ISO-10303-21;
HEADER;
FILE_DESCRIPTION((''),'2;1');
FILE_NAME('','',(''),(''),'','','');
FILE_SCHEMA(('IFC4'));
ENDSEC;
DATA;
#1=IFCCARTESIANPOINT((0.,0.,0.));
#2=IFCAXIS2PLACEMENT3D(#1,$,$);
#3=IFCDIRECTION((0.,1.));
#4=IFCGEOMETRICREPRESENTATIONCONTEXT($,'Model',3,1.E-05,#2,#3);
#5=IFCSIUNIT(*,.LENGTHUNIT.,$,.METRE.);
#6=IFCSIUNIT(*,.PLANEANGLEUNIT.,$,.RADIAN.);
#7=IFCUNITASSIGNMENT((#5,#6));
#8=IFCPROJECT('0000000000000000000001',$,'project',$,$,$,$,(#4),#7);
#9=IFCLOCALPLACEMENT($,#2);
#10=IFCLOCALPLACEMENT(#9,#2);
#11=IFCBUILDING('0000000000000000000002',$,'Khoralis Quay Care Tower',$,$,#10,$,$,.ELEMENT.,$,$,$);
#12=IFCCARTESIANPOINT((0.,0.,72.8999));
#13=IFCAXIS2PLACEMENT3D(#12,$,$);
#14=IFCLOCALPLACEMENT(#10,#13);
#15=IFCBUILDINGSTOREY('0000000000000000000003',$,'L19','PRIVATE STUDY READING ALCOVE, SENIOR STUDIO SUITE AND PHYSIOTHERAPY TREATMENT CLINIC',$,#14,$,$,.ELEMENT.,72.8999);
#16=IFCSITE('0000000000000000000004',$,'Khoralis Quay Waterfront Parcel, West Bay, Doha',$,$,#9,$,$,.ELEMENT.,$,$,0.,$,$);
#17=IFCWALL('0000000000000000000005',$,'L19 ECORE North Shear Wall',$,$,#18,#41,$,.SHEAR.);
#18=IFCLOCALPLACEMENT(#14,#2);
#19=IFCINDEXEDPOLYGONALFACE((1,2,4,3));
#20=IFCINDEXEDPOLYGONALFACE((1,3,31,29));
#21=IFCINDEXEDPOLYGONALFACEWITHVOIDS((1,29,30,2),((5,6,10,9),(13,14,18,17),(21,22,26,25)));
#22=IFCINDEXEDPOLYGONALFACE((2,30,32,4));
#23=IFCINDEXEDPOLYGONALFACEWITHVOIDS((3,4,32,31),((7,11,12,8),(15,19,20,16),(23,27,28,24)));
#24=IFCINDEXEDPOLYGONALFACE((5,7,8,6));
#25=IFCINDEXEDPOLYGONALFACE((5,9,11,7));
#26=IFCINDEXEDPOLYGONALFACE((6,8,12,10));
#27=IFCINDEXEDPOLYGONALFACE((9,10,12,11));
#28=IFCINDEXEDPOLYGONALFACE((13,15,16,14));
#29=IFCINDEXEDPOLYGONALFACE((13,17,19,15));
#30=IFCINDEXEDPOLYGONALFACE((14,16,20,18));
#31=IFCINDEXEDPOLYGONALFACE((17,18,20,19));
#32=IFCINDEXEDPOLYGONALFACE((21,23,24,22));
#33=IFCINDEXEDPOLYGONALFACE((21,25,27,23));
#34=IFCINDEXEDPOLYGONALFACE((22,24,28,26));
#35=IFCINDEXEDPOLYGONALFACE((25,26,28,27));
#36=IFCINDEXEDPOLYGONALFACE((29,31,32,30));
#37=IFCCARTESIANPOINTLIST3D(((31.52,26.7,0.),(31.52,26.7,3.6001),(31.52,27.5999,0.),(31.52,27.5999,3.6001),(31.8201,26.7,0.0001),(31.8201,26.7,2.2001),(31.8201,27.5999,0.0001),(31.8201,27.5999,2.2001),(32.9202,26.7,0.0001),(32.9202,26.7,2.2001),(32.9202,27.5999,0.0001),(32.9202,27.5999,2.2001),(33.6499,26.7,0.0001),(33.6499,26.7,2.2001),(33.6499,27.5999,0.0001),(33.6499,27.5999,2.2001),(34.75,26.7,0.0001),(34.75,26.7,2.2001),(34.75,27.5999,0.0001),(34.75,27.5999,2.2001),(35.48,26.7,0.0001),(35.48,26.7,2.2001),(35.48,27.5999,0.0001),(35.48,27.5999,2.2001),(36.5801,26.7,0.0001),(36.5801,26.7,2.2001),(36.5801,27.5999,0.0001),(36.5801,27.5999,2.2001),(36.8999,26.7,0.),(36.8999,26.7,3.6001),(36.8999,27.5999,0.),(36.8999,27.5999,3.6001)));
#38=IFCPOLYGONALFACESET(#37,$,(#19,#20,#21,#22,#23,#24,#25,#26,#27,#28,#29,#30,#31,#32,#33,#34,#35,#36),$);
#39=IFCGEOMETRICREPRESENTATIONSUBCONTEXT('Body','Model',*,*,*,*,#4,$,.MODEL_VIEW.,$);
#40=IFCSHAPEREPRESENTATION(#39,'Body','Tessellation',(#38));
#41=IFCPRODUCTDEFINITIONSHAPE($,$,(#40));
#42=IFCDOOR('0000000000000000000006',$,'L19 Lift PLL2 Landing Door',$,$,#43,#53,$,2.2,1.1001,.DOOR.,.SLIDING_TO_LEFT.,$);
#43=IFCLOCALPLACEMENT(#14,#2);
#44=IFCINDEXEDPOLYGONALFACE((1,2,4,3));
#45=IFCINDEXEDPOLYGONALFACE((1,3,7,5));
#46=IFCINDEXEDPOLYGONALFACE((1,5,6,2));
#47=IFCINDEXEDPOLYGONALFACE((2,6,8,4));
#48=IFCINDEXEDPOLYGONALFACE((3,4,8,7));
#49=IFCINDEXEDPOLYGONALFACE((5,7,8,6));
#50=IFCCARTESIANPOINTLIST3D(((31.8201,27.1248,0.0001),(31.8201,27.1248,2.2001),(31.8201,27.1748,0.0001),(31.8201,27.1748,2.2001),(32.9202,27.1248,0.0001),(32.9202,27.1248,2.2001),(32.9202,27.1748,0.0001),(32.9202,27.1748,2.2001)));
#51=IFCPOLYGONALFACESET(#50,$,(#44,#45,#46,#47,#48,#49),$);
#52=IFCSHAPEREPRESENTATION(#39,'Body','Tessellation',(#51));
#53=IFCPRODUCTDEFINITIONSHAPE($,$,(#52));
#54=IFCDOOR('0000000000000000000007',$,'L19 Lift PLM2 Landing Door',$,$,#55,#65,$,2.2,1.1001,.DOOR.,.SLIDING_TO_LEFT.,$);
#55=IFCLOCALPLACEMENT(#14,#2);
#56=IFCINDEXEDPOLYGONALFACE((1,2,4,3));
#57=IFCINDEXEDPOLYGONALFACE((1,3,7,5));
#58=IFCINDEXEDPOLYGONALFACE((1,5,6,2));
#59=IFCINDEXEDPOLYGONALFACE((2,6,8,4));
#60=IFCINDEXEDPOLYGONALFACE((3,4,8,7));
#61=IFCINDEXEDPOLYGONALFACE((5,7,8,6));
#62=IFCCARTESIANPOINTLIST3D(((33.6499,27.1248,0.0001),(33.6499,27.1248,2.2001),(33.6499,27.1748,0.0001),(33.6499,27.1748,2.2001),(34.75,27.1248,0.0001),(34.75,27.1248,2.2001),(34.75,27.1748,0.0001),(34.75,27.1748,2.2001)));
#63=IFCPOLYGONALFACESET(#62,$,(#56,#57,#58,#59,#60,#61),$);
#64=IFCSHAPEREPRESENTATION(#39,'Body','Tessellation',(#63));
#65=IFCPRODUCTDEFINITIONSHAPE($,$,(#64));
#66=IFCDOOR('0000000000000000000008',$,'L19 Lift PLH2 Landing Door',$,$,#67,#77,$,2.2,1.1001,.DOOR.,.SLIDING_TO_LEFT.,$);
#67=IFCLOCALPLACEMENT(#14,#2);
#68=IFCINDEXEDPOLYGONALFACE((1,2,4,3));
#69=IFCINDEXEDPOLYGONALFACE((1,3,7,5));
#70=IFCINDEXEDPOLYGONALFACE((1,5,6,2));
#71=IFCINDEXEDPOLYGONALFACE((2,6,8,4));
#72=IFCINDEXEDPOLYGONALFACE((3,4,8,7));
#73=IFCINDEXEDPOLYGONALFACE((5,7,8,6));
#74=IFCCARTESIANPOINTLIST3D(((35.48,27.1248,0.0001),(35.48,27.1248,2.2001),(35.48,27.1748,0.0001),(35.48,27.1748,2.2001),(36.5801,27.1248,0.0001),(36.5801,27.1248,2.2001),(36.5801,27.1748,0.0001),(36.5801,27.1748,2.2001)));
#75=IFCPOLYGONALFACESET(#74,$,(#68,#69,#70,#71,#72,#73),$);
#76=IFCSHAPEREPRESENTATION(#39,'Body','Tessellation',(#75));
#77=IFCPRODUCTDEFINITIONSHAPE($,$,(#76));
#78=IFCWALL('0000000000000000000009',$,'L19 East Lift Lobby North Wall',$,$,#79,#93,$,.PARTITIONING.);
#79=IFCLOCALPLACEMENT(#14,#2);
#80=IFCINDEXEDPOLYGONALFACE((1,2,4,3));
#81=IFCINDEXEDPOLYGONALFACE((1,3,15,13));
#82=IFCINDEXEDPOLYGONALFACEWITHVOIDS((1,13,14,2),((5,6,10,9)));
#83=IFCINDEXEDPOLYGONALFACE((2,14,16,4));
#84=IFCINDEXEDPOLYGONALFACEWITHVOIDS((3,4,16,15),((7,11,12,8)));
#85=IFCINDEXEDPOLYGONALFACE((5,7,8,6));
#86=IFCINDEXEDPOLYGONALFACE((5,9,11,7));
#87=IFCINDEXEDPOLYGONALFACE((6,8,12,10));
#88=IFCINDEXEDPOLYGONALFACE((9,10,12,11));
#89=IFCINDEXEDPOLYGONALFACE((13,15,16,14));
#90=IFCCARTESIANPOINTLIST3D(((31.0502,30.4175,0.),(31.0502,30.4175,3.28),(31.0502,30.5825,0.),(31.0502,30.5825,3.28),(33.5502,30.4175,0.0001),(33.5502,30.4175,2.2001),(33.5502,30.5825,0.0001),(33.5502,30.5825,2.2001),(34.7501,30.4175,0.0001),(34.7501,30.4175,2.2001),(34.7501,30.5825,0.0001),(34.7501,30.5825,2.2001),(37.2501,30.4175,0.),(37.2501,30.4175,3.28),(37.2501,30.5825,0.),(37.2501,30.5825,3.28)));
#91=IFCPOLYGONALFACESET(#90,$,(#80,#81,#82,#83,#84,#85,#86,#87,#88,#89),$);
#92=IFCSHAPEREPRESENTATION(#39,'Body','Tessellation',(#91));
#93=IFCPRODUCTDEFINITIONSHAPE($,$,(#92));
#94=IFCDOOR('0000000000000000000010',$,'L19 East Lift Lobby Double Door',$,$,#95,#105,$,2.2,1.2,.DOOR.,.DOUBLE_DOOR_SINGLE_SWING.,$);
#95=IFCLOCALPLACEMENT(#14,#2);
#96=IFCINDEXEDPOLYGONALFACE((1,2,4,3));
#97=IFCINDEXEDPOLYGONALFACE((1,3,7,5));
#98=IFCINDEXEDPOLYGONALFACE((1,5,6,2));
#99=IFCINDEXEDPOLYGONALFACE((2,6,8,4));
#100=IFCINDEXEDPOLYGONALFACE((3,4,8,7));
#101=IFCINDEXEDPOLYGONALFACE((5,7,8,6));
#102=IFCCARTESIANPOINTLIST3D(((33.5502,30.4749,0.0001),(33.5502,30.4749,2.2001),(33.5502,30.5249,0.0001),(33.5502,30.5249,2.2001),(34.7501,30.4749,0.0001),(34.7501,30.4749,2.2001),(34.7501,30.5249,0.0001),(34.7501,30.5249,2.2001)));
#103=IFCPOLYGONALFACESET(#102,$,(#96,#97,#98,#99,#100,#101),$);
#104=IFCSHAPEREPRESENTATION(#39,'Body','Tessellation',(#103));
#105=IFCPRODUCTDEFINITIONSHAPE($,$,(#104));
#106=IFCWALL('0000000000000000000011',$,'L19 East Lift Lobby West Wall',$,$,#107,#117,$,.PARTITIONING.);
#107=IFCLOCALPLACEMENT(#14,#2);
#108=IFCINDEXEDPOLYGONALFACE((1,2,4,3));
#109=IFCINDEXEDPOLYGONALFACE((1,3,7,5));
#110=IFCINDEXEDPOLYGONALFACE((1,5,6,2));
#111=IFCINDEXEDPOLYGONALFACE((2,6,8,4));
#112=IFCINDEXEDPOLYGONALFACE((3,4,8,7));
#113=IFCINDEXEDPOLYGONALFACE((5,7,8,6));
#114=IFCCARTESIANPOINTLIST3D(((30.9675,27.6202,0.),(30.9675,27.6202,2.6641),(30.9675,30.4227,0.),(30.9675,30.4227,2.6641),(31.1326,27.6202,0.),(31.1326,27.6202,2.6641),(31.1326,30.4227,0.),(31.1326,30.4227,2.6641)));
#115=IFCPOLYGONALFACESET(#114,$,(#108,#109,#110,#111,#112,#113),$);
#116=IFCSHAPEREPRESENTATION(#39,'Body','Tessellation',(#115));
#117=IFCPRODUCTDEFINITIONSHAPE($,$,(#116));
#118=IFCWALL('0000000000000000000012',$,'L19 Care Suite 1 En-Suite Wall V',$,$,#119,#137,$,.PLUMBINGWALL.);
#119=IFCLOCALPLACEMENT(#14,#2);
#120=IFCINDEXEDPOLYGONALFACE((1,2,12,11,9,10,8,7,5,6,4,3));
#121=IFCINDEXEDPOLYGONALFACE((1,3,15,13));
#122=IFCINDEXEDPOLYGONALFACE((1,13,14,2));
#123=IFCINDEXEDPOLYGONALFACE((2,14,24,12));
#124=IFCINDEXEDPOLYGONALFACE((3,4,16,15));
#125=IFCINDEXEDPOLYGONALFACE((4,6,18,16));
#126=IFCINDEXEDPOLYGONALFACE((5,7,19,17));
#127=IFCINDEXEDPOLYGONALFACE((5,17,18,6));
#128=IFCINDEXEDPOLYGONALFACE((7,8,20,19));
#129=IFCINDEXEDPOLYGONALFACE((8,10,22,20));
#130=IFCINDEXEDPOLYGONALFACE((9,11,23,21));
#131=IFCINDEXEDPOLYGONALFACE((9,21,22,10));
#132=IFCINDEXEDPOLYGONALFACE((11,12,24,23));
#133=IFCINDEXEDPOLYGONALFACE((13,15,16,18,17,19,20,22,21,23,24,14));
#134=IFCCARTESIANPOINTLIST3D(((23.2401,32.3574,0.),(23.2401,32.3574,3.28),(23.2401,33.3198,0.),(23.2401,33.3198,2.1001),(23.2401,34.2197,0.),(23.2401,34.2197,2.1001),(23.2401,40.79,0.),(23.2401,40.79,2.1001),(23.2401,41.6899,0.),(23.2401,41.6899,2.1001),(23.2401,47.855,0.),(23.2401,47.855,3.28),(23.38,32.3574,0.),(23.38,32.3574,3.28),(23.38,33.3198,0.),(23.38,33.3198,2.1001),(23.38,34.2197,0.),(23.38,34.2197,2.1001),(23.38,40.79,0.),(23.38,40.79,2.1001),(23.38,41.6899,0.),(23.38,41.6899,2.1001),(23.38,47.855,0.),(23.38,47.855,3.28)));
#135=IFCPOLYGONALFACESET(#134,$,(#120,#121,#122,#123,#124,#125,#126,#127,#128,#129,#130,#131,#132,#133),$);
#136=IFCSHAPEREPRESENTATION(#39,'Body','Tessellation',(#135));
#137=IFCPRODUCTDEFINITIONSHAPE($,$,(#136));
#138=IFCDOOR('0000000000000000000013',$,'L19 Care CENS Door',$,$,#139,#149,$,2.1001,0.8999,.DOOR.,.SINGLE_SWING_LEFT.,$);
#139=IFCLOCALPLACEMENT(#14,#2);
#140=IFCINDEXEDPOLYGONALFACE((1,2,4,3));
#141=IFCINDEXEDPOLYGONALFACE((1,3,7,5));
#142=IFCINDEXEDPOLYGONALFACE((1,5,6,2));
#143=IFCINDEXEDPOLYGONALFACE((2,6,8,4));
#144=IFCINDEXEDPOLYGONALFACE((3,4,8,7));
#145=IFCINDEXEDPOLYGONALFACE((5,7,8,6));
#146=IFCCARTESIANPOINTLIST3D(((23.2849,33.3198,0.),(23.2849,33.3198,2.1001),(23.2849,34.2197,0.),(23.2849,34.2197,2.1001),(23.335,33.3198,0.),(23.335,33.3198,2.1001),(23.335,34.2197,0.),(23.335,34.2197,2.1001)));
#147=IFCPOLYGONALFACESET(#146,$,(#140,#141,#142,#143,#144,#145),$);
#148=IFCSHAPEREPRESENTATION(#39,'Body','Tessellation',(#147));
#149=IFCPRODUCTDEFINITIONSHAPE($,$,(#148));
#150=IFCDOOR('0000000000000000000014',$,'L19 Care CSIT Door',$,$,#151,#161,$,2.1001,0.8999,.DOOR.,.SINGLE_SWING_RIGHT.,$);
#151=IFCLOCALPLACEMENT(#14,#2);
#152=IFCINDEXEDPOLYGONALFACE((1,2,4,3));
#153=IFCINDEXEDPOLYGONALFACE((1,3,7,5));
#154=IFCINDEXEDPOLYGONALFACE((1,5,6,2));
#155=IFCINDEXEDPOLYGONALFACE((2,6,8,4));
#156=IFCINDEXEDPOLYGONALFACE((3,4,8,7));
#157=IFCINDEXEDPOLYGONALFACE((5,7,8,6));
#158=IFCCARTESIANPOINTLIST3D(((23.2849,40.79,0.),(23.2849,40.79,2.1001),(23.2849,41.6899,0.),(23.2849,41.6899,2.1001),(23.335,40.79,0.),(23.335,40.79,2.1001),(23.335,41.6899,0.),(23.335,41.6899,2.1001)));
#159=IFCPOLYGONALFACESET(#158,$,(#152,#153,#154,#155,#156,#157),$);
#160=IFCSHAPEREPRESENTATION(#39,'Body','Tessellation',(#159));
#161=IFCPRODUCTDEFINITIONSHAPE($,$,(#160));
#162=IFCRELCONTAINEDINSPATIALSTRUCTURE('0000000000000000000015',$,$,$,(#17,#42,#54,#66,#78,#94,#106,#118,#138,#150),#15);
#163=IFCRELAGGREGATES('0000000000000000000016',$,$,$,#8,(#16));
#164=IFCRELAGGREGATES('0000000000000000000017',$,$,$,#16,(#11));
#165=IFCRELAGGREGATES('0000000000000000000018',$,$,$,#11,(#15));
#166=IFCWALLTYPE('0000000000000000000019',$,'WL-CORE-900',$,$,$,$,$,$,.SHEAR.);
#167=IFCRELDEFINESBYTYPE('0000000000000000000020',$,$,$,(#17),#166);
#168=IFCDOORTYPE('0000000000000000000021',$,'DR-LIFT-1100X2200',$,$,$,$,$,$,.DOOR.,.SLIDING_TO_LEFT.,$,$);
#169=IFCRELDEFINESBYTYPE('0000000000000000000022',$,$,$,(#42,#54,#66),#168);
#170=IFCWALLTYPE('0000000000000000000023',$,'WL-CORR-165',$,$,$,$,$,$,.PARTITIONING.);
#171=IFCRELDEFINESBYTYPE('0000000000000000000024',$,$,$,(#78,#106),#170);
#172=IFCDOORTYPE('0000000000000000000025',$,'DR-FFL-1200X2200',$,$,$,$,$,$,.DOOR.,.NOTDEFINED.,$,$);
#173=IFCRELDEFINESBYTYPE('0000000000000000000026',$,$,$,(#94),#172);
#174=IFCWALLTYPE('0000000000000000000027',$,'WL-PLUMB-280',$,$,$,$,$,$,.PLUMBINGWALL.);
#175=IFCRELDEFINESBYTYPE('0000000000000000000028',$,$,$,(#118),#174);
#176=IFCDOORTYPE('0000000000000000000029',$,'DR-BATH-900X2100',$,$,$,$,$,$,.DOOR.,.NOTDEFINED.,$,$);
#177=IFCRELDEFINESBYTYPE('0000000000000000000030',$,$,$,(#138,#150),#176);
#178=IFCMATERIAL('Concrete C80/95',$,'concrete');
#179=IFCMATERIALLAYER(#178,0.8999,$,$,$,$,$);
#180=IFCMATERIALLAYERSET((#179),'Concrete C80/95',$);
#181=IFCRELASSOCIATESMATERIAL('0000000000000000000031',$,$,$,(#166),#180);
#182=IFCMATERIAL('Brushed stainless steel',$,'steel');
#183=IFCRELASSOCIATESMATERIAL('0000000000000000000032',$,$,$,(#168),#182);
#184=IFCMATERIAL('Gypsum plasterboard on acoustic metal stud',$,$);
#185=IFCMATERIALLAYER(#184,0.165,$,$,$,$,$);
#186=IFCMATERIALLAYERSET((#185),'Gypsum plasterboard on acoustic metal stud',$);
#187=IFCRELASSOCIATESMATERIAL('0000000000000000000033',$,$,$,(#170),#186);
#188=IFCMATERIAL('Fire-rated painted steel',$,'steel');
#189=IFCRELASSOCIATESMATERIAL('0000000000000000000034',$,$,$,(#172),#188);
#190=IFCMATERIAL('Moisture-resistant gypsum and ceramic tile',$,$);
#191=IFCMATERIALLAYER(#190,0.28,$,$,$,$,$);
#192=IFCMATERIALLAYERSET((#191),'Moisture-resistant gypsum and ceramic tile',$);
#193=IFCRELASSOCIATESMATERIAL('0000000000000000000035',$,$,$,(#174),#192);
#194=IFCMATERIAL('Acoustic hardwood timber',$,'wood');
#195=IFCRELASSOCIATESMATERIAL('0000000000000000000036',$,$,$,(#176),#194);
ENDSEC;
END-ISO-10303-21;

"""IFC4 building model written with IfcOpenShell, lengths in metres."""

from ifc_helpers import new_model, si_unit, direction, frame, frame_2d, origin, place, context, subcontext, project, spatial, rectangle, extrude, source, transform, mapped, material, layer, layer_set, type_object, element, fill, save


model = new_model("IFC4")

# Units and contexts
model_context = context("Model", 3, precision=1e-05, world=origin(), true_north=direction((0.0, 1.0)))
body_context = subcontext(model_context, "Body", "Model", "MODEL_VIEW")
ifc_project = project(units=[si_unit("LENGTHUNIT", "METRE"), si_unit("PLANEANGLEUNIT", "RADIAN")], contexts=[model_context])

# Site, building, storey
site_placement = place(None, origin())
site = spatial("IfcSite", under=ifc_project, at=site_placement, Name="Khoralis Quay Waterfront Parcel, West Bay, Doha", CompositionType="ELEMENT", RefElevation=0.0)
building_placement = place(site_placement, origin())
building = spatial("IfcBuilding", under=site, at=building_placement, Name="Khoralis Quay Care Tower", CompositionType="ELEMENT")
storey_placement = place(building_placement, frame((0.0, 0.0, 72.8999)))
storey = spatial("IfcBuildingStorey", under=building, at=storey_placement, Name="L19", Description="PRIVATE STUDY READING ALCOVE, SENIOR STUDIO SUITE AND PHYSIOTHERAPY TREATMENT CLINIC", CompositionType="ELEMENT", Elevation=72.8999)

# Wall, openings, doors
ifc_material_1 = material(Name="Concrete C80/95", Category="concrete")
ifc_layer_1 = layer(ifc_material_1, 0.8999)
ifc_layer_set_1 = layer_set([ifc_layer_1], Name="Concrete C80/95")
wall_type_1 = type_object("IfcWallType", Name="WL-CORE-900", PredefinedType="SHEAR", material=ifc_layer_set_1)
wall_1_placement = place(storey_placement, frame((31.52, 27.1499, 0.0), z_axis=(0.0, 0.0, 1.0), x_axis=(1.0, 0.0, 0.0)))
wall_1 = element("IfcWall", 1, at=wall_1_placement, inside=storey, type_object=wall_type_1, Name="L19 ECORE North Shear Wall", PredefinedType="SHEAR", context=body_context, shape_type="SweptSolid", body=[
    extrude(rectangle(XDim=5.3799, YDim=0.8999, at=frame_2d((2.6899, 0.0))), origin(), (0.0, 0.0, 1.0), 3.6001),
])
opening_1_placement = place(wall_1_placement, frame((0.3, 0.0, 0.0)))
opening_1 = element("IfcOpeningElement", 2, at=opening_1_placement, cuts=wall_1, PredefinedType="OPENING", context=body_context, shape_type="SweptSolid", body=[
    extrude(rectangle(XDim=1.1001, YDim=2.2, at=frame_2d((0.55, 1.1001))), frame((0.0, 0.46, 0.0), z_axis=(0.0, -1.0, 0.0), x_axis=(1.0, 0.0, 0.0)), (0.0, 0.0, 1.0), 0.9199),
])
opening_2_placement = place(wall_1_placement, frame((2.1299, 0.0, 0.0)))
opening_2 = element("IfcOpeningElement", 3, at=opening_2_placement, cuts=wall_1, PredefinedType="OPENING", context=body_context, shape_type="SweptSolid", body=[
    extrude(rectangle(XDim=1.1001, YDim=2.2, at=frame_2d((0.55, 1.1001))), frame((0.0, 0.46, 0.0), z_axis=(0.0, -1.0, 0.0), x_axis=(1.0, 0.0, 0.0)), (0.0, 0.0, 1.0), 0.9199),
])
opening_3_placement = place(wall_1_placement, frame((3.96, 0.0, 0.0)))
opening_3 = element("IfcOpeningElement", 4, at=opening_3_placement, cuts=wall_1, PredefinedType="OPENING", context=body_context, shape_type="SweptSolid", body=[
    extrude(rectangle(XDim=1.1001, YDim=2.2, at=frame_2d((0.55, 1.1001))), frame((0.0, 0.46, 0.0), z_axis=(0.0, -1.0, 0.0), x_axis=(1.0, 0.0, 0.0)), (0.0, 0.0, 1.0), 0.9199),
])
ifc_material_2 = material(Name="Brushed stainless steel", Category="steel")
door_type_1 = type_object("IfcDoorType", Name="DR-LIFT-1100X2200", OperationType="SLIDING_TO_LEFT", PredefinedType="DOOR", material=ifc_material_2)
shared_shape_1 = source(origin(), body_context, "Body", "SweptSolid", [
    extrude(rectangle(XDim=1.1001, YDim=2.2, at=frame_2d((0.55, 1.1001))), frame((0.0, 0.0249, 0.0), z_axis=(0.0, -1.0, 0.0), x_axis=(1.0, 0.0, 0.0)), (0.0, 0.0, 1.0), 0.05),
])
door_1_placement = place(opening_1_placement, origin())
door_1 = element("IfcDoor", 5, at=door_1_placement, inside=storey, type_object=door_type_1, Name="L19 Lift PLL2 Landing Door", OperationType="SLIDING_TO_LEFT", OverallHeight=2.2, OverallWidth=1.1001, PredefinedType="DOOR", context=body_context, shape_type="MappedRepresentation", body=[
    mapped(shared_shape_1, transform((0.0, 0.0, 0.0), scale=1.0)),
])
fill(opening_1, door_1)
door_2_placement = place(opening_2_placement, origin())
door_2 = element("IfcDoor", 6, at=door_2_placement, inside=storey, type_object=door_type_1, Name="L19 Lift PLM2 Landing Door", OperationType="SLIDING_TO_LEFT", OverallHeight=2.2, OverallWidth=1.1001, PredefinedType="DOOR", context=body_context, shape_type="MappedRepresentation", body=[
    mapped(shared_shape_1, transform((0.0, 0.0, 0.0), scale=1.0)),
])
fill(opening_2, door_2)
door_3_placement = place(opening_3_placement, origin())
door_3 = element("IfcDoor", 7, at=door_3_placement, inside=storey, type_object=door_type_1, Name="L19 Lift PLH2 Landing Door", OperationType="SLIDING_TO_LEFT", OverallHeight=2.2, OverallWidth=1.1001, PredefinedType="DOOR", context=body_context, shape_type="MappedRepresentation", body=[
    mapped(shared_shape_1, transform((0.0, 0.0, 0.0), scale=1.0)),
])
fill(opening_3, door_3)

# Wall, opening, door
ifc_material_3 = material(Name="Gypsum plasterboard on acoustic metal stud")
ifc_layer_2 = layer(ifc_material_3, 0.165)
ifc_layer_set_2 = layer_set([ifc_layer_2], Name="Gypsum plasterboard on acoustic metal stud")
wall_type_2 = type_object("IfcWallType", Name="WL-CORR-165", PredefinedType="PARTITIONING", material=ifc_layer_set_2)
wall_2_placement = place(storey_placement, frame((31.05, 30.5, 0.0), z_axis=(0.0, 0.0, 1.0), x_axis=(1.0, 0.0, 0.0)))
wall_2 = element("IfcWall", 8, at=wall_2_placement, inside=storey, type_object=wall_type_2, Name="L19 East Lift Lobby North Wall", PredefinedType="PARTITIONING", context=body_context, shape_type="SweptSolid", body=[
    extrude(rectangle(XDim=6.2, YDim=0.165, at=frame_2d((3.1001, 0.0))), origin(), (0.0, 0.0, 1.0), 3.28),
])
opening_4_placement = place(wall_2_placement, frame((2.5, 0.0, 0.0)))
opening_4 = element("IfcOpeningElement", 9, at=opening_4_placement, cuts=wall_2, PredefinedType="OPENING", context=body_context, shape_type="SweptSolid", body=[
    extrude(rectangle(XDim=1.2, YDim=2.2, at=frame_2d((0.6001, 1.1001))), frame((0.0, 0.0925, 0.0), z_axis=(0.0, -1.0, 0.0), x_axis=(1.0, 0.0, 0.0)), (0.0, 0.0, 1.0), 0.1851),
])
ifc_material_4 = material(Name="Fire-rated painted steel", Category="steel")
door_type_2 = type_object("IfcDoorType", Name="DR-FFL-1200X2200", OperationType="NOTDEFINED", PredefinedType="DOOR", material=ifc_material_4)
shared_shape_2 = source(origin(), body_context, "Body", "SweptSolid", [
    extrude(rectangle(XDim=1.2, YDim=2.2, at=frame_2d((0.6001, 1.1001))), frame((0.0, 0.0249, 0.0), z_axis=(0.0, -1.0, 0.0), x_axis=(1.0, 0.0, 0.0)), (0.0, 0.0, 1.0), 0.05),
])
door_4_placement = place(opening_4_placement, origin())
door_4 = element("IfcDoor", 10, at=door_4_placement, inside=storey, type_object=door_type_2, Name="L19 East Lift Lobby Double Door", OperationType="DOUBLE_DOOR_SINGLE_SWING", OverallHeight=2.2, OverallWidth=1.2, PredefinedType="DOOR", context=body_context, shape_type="MappedRepresentation", body=[
    mapped(shared_shape_2, transform((0.0, 0.0, 0.0), scale=1.0)),
])
fill(opening_4, door_4)

# Wall
wall_3_placement = place(storey_placement, frame((31.05, 27.6201, 0.0), z_axis=(0.0, 0.0, 1.0), x_axis=(0.0, 1.0, 0.0)))
element("IfcWall", 11, at=wall_3_placement, inside=storey, type_object=wall_type_2, Name="L19 East Lift Lobby West Wall", PredefinedType="PARTITIONING", context=body_context, shape_type="SweptSolid", body=[
    extrude(rectangle(XDim=2.8025, YDim=0.165, at=frame_2d((1.4014, 0.0))), origin(), (0.0, 0.0, 1.0), 2.6641),
])

# Wall, openings, doors
ifc_material_5 = material(Name="Moisture-resistant gypsum and ceramic tile")
ifc_layer_3 = layer(ifc_material_5, 0.28)
ifc_layer_set_3 = layer_set([ifc_layer_3], Name="Moisture-resistant gypsum and ceramic tile")
wall_type_3 = type_object("IfcWallType", Name="WL-PLUMB-280", PredefinedType="PLUMBINGWALL", material=ifc_layer_set_3)
wall_4_placement = place(storey_placement, frame((23.3101, 32.3574, 0.0), z_axis=(0.0, 0.0, 1.0), x_axis=(0.0, 1.0, 0.0)))
wall_4 = element("IfcWall", 12, at=wall_4_placement, inside=storey, type_object=wall_type_3, Name="L19 Care Suite 1 En-Suite Wall V", PredefinedType="PLUMBINGWALL", context=body_context, shape_type="SweptSolid", body=[
    extrude(rectangle(XDim=15.4976, YDim=0.1399, at=frame_2d((7.7488, 0.0))), origin(), (0.0, 0.0, 1.0), 3.28),
])
opening_5_placement = place(wall_4_placement, frame((0.9624, 0.0, 0.0)))
opening_5 = element("IfcOpeningElement", 13, at=opening_5_placement, cuts=wall_4, PredefinedType="OPENING", context=body_context, shape_type="SweptSolid", body=[
    extrude(rectangle(XDim=0.8999, YDim=2.1001, at=frame_2d((0.45, 1.05))), frame((0.0, 0.0801, 0.0), z_axis=(0.0, -1.0, 0.0), x_axis=(1.0, 0.0, 0.0)), (0.0, 0.0, 1.0), 0.1599),
])
opening_6_placement = place(wall_4_placement, frame((8.4326, 0.0, 0.0)))
opening_6 = element("IfcOpeningElement", 14, at=opening_6_placement, cuts=wall_4, PredefinedType="OPENING", context=body_context, shape_type="SweptSolid", body=[
    extrude(rectangle(XDim=0.8999, YDim=2.1001, at=frame_2d((0.45, 1.05))), frame((0.0, 0.0801, 0.0), z_axis=(0.0, -1.0, 0.0), x_axis=(1.0, 0.0, 0.0)), (0.0, 0.0, 1.0), 0.1599),
])
ifc_material_6 = material(Name="Acoustic hardwood timber", Category="wood")
door_type_3 = type_object("IfcDoorType", Name="DR-BATH-900X2100", OperationType="NOTDEFINED", PredefinedType="DOOR", material=ifc_material_6)
shared_shape_3 = source(origin(), body_context, "Body", "SweptSolid", [
    extrude(rectangle(XDim=0.8999, YDim=2.1001, at=frame_2d((0.45, 1.05))), frame((0.0, 0.0249, 0.0), z_axis=(0.0, -1.0, 0.0), x_axis=(1.0, 0.0, 0.0)), (0.0, 0.0, 1.0), 0.05),
])
door_5_placement = place(opening_5_placement, frame((0.8999, 0.0, 0.0), z_axis=(0.0, 0.0, 1.0), x_axis=(-1.0, 0.0, 0.0)))
door_5 = element("IfcDoor", 15, at=door_5_placement, inside=storey, type_object=door_type_3, Name="L19 Care CENS Door", OperationType="SINGLE_SWING_LEFT", OverallHeight=2.1001, OverallWidth=0.8999, PredefinedType="DOOR", context=body_context, shape_type="MappedRepresentation", body=[
    mapped(shared_shape_3, transform((0.0, 0.0, 0.0), scale=1.0)),
])
fill(opening_5, door_5)
door_6_placement = place(opening_6_placement, frame((0.8999, 0.0, 0.0), z_axis=(0.0, 0.0, 1.0), x_axis=(-1.0, 0.0, 0.0)))
door_6 = element("IfcDoor", 16, at=door_6_placement, inside=storey, type_object=door_type_3, Name="L19 Care CSIT Door", OperationType="SINGLE_SWING_RIGHT", OverallHeight=2.1001, OverallWidth=0.8999, PredefinedType="DOOR", context=body_context, shape_type="MappedRepresentation", body=[
    mapped(shared_shape_3, transform((0.0, 0.0, 0.0), scale=1.0)),
])
fill(opening_6, door_6)

save(model, "model.ifc")
